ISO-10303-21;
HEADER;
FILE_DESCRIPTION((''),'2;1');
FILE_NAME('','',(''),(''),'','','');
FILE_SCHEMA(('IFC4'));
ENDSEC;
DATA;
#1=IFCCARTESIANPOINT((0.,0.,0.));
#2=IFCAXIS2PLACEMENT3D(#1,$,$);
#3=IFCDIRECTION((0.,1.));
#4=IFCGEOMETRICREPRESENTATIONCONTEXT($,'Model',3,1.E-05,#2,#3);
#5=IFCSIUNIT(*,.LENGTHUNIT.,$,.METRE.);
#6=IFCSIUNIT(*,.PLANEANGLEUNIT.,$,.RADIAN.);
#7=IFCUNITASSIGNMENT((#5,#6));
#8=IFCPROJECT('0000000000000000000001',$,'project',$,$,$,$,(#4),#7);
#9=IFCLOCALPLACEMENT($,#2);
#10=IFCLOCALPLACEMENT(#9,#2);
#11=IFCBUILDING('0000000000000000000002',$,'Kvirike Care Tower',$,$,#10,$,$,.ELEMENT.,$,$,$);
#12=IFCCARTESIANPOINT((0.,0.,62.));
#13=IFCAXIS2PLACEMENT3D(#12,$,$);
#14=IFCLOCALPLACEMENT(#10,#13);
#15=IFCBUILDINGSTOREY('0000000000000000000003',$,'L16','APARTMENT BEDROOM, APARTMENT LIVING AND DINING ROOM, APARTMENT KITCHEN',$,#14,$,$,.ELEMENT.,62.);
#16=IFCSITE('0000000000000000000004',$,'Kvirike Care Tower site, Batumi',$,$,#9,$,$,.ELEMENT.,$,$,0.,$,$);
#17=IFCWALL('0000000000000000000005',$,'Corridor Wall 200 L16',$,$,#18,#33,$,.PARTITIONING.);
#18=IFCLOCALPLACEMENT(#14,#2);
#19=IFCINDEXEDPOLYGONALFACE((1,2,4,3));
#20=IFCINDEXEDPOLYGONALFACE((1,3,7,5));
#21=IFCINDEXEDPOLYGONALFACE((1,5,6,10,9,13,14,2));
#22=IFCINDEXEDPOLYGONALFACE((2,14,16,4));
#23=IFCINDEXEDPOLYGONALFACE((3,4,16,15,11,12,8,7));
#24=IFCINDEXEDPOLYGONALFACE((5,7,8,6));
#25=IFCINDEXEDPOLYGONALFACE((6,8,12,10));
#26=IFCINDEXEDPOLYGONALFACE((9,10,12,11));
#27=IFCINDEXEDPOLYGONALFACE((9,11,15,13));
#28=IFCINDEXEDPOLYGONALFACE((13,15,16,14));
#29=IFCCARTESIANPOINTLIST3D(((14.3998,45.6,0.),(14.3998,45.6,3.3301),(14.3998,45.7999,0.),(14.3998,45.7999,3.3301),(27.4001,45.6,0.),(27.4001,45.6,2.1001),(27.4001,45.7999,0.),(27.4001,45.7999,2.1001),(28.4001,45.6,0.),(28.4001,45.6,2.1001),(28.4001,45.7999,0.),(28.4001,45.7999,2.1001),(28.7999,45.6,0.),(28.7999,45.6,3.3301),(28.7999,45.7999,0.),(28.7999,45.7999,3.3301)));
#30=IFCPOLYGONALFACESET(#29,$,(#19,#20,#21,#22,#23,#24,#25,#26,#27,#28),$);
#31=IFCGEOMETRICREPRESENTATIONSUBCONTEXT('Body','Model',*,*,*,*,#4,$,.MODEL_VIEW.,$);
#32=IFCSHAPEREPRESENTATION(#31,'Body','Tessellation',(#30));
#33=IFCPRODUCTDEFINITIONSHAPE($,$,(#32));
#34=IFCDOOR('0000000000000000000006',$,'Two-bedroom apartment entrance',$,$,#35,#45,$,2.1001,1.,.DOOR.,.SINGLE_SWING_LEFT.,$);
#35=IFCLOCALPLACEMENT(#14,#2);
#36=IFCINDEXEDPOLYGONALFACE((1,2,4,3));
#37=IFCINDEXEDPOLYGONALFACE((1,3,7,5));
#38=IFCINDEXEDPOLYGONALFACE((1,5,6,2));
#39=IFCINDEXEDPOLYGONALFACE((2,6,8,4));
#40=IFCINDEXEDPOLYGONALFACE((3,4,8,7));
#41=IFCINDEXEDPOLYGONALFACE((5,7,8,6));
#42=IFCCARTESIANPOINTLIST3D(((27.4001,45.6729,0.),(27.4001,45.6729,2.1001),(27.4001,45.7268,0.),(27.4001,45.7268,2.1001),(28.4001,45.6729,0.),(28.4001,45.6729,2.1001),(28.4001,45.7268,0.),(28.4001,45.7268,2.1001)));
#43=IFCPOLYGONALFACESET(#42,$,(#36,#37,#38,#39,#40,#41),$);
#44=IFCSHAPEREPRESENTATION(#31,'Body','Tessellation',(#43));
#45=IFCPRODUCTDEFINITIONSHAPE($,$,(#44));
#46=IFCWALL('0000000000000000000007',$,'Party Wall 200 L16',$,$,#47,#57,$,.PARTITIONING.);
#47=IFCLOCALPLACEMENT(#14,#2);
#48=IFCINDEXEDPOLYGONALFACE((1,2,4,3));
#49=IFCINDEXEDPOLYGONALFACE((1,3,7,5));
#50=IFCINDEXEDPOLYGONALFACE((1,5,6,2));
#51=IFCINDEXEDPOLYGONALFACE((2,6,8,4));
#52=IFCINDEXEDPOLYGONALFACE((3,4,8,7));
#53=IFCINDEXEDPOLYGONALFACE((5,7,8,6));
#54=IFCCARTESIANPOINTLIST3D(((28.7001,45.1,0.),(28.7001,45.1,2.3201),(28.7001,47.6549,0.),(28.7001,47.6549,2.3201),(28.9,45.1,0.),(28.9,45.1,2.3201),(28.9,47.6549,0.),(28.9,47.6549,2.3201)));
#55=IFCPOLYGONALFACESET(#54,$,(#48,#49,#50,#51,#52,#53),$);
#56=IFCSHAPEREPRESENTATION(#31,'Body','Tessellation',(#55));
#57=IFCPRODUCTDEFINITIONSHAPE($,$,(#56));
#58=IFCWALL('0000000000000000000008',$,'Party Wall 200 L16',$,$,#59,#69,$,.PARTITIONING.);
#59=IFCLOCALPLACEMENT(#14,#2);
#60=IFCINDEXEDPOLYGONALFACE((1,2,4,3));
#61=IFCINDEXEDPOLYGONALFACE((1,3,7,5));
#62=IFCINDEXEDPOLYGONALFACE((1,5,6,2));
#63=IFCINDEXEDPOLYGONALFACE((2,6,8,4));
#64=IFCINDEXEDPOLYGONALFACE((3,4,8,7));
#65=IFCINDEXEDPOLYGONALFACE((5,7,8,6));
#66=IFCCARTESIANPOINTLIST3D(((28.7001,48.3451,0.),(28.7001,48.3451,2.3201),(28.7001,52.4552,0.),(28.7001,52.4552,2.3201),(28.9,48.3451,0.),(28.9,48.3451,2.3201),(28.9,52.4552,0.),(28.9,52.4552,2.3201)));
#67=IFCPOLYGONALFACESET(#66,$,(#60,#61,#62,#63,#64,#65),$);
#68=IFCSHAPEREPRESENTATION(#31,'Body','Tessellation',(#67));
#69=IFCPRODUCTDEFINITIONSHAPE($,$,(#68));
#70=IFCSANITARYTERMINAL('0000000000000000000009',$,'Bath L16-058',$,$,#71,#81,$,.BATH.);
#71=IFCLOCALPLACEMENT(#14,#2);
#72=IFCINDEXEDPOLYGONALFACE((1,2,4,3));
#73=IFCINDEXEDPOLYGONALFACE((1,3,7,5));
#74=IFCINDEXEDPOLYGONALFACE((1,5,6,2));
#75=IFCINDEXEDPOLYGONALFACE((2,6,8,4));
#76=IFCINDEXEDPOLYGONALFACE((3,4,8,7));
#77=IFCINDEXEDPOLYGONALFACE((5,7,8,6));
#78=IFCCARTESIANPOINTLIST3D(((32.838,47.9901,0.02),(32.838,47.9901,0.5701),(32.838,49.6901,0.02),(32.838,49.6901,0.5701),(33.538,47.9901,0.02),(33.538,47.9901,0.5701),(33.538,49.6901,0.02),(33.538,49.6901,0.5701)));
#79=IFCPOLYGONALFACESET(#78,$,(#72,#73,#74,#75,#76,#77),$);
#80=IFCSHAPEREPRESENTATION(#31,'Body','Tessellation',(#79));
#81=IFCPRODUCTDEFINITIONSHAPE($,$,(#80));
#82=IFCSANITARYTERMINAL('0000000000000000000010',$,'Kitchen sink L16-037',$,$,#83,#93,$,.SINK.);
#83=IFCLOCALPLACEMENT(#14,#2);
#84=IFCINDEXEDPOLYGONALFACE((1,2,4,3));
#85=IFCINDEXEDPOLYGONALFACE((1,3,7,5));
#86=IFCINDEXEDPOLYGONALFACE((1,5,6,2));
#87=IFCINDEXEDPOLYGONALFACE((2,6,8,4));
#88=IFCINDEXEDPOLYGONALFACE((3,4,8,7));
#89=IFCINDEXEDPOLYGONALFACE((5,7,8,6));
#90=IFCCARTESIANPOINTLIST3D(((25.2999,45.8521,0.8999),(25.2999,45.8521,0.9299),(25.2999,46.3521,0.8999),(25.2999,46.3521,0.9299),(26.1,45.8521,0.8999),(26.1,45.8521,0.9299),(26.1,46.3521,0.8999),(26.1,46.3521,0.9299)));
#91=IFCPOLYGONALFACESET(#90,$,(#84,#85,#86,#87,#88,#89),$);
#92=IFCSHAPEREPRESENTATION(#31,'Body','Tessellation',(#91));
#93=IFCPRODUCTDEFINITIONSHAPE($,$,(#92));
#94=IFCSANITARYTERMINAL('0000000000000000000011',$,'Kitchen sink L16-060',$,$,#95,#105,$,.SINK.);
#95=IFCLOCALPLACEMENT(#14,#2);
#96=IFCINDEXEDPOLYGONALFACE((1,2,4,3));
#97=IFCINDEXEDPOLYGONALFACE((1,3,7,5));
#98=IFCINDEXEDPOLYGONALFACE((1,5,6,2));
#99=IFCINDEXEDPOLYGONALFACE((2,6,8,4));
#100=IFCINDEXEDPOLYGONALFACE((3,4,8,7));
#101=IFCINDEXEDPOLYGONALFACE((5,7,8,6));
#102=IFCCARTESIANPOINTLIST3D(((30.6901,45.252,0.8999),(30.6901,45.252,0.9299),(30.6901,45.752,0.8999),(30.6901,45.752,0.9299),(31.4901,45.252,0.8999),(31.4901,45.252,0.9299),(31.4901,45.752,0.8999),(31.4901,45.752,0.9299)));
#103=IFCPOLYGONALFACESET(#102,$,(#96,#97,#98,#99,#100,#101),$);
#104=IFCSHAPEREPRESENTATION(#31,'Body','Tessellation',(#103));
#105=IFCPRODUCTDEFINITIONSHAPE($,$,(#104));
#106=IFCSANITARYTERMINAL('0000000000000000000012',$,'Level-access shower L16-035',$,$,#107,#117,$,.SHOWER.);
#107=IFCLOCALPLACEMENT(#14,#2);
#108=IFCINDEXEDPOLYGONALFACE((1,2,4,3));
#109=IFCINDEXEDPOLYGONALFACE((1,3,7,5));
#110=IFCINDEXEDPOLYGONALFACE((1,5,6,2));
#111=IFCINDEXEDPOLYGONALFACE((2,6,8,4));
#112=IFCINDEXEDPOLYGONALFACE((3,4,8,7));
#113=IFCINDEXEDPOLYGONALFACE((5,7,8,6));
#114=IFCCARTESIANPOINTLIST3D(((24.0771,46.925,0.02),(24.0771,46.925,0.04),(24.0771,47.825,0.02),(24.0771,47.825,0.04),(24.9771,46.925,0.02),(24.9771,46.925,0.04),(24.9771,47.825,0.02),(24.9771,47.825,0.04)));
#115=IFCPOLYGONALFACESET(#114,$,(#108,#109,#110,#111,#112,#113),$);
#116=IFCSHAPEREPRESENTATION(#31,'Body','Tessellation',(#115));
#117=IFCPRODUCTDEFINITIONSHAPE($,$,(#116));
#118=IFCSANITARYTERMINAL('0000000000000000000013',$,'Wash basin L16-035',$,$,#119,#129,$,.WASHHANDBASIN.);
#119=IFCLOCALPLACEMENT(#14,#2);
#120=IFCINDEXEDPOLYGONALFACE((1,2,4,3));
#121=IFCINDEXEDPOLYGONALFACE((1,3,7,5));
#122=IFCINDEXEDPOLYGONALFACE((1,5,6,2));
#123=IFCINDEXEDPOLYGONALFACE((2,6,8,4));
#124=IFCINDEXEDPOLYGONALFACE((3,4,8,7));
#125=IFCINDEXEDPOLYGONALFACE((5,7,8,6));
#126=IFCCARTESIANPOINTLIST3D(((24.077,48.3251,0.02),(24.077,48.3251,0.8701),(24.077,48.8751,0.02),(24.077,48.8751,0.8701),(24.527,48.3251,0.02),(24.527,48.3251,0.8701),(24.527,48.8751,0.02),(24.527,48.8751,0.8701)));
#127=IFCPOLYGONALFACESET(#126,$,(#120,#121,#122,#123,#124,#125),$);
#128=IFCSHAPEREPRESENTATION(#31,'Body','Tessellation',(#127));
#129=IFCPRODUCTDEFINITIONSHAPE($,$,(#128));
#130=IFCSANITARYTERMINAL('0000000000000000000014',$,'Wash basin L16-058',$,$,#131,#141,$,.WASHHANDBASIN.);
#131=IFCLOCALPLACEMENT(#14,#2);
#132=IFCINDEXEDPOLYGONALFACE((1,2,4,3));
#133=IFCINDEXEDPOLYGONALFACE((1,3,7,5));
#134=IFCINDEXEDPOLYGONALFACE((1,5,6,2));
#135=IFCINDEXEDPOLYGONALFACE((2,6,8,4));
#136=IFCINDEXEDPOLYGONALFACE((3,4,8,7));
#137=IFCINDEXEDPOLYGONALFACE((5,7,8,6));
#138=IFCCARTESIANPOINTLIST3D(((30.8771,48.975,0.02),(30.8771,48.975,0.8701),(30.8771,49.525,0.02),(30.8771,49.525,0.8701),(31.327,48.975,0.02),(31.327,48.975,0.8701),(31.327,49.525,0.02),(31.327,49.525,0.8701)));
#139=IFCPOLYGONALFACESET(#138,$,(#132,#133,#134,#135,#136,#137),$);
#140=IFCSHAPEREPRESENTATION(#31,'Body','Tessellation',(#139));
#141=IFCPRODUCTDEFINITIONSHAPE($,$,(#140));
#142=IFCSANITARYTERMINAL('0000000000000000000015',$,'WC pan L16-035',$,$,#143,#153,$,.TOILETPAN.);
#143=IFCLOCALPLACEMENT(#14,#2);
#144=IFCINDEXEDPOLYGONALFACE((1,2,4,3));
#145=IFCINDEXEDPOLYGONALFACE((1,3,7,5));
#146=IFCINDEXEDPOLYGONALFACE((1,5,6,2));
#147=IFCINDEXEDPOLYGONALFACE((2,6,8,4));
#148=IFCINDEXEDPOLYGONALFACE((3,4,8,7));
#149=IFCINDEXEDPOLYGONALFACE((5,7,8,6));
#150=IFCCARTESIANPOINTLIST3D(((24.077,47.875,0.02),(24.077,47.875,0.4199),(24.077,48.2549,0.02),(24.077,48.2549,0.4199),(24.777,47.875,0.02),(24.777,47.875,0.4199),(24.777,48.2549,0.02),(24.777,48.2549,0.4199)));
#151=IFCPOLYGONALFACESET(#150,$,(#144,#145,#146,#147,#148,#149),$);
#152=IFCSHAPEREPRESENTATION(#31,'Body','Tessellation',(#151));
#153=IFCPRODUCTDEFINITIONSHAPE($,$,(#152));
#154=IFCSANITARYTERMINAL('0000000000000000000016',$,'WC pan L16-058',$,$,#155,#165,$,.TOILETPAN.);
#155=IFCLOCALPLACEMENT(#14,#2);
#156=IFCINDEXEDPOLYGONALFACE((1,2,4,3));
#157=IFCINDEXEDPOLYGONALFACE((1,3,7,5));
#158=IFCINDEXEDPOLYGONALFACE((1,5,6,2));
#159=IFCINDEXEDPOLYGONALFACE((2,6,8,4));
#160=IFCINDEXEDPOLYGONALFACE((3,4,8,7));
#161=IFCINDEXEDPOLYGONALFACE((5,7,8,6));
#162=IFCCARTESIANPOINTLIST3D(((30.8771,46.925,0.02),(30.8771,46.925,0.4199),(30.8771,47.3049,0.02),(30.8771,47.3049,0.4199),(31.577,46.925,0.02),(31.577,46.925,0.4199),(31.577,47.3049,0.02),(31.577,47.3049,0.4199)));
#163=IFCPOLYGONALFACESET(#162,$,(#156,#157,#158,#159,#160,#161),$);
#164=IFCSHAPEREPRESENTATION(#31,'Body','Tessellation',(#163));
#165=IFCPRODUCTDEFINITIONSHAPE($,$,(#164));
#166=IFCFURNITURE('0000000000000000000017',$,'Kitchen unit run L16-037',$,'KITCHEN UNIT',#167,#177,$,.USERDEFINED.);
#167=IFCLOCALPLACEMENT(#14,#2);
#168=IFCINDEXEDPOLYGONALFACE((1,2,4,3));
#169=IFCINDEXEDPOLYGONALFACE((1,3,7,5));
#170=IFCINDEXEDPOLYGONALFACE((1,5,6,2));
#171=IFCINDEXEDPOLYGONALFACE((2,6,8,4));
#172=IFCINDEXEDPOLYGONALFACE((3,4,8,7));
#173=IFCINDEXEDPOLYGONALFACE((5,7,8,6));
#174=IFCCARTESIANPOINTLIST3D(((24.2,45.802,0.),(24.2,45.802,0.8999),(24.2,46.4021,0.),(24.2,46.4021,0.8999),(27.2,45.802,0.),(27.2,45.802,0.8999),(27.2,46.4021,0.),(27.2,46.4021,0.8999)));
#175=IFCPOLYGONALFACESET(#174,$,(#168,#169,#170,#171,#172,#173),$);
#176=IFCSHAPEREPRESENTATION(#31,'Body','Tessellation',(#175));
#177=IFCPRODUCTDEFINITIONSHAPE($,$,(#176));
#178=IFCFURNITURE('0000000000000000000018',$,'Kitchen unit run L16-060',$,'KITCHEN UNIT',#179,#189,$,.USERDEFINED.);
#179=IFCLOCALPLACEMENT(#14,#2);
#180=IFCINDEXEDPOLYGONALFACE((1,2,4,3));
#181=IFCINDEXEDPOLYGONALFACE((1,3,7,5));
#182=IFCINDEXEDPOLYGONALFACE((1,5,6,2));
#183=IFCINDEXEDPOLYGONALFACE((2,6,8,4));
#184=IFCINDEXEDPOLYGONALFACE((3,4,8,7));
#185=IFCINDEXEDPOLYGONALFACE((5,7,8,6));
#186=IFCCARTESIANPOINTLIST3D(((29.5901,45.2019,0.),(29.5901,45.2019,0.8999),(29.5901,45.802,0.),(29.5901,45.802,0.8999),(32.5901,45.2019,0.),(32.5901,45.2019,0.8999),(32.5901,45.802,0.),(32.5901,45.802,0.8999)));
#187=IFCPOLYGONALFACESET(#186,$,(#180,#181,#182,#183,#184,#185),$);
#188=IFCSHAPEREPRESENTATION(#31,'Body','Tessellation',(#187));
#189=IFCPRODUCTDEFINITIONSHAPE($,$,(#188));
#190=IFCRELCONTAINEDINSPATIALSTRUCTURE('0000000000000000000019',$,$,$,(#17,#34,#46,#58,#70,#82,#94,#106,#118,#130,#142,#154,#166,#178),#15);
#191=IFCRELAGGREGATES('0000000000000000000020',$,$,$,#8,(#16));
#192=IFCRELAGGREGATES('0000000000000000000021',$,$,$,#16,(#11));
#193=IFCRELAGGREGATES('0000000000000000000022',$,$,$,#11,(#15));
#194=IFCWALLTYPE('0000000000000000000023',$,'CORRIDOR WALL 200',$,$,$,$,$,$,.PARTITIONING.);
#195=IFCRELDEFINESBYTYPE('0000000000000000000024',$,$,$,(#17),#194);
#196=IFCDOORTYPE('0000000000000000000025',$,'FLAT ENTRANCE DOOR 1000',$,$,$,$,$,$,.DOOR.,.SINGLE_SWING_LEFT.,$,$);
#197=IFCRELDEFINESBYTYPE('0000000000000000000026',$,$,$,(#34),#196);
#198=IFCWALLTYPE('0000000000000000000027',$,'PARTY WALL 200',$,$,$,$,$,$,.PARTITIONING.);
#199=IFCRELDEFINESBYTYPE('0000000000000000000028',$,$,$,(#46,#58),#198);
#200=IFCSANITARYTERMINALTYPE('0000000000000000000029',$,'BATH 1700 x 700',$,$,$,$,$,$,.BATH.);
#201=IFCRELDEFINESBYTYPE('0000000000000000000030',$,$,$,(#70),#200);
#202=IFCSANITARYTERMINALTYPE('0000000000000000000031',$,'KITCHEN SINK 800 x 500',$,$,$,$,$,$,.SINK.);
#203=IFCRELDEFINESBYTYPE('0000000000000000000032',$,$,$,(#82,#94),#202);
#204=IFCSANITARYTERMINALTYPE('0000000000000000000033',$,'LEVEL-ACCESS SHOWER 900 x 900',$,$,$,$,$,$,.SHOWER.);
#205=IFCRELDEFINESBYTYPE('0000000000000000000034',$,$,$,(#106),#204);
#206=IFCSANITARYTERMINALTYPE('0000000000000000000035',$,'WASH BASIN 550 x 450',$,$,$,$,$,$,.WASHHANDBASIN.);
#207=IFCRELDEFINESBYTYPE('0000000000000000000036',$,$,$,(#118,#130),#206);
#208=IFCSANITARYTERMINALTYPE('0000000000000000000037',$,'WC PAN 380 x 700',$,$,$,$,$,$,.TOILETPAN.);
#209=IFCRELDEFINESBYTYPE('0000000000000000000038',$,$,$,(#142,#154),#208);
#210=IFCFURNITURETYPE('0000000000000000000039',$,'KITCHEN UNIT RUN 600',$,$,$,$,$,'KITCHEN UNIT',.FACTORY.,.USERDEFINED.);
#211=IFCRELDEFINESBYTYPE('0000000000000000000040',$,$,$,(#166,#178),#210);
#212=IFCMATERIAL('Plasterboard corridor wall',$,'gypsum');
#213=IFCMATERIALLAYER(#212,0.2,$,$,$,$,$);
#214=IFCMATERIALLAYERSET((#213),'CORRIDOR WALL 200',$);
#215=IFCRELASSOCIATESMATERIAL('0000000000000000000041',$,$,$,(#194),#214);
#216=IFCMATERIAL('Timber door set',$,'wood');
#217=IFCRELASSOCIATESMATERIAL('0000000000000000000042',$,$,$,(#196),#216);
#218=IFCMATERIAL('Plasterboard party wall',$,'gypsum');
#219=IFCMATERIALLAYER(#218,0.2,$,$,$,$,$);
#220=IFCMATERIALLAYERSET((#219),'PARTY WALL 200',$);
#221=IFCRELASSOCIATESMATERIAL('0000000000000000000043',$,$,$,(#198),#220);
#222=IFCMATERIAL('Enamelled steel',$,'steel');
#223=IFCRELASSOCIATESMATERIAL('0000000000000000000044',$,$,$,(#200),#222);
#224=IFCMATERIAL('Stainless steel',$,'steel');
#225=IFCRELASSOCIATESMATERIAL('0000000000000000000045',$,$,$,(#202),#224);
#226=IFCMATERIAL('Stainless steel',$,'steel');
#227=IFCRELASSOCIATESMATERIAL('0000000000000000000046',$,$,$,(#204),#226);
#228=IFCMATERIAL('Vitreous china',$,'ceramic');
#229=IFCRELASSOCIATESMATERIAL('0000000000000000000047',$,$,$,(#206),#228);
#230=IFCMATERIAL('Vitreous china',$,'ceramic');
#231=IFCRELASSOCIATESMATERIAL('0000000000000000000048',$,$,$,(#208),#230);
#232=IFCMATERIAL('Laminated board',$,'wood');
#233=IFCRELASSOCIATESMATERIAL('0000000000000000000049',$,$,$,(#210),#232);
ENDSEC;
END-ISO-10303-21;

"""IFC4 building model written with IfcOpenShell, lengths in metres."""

from ifc_helpers import new_model, si_unit, direction, frame, frame_2d, origin, origin_2d, place, context, subcontext, project, spatial, rectangle, extrude, material, layer, layer_set, type_object, element, fill, save


model = new_model("IFC4")

# Units and contexts
model_context = context("Model", 3, precision=1e-05, world=origin(), true_north=direction((0.0, 1.0)))
body_context = subcontext(model_context, "Body", "Model", "MODEL_VIEW")
ifc_project = project(units=[si_unit("LENGTHUNIT", "METRE"), si_unit("PLANEANGLEUNIT", "RADIAN")], contexts=[model_context])

# Site, building, storey
site_placement = place(None, origin())
site = spatial("IfcSite", under=ifc_project, at=site_placement, Name="Kvirike Care Tower site, Batumi", CompositionType="ELEMENT", RefElevation=0.0)
building_placement = place(site_placement, origin())
building = spatial("IfcBuilding", under=site, at=building_placement, Name="Kvirike Care Tower", CompositionType="ELEMENT")
storey_placement = place(building_placement, frame((0.0, 0.0, 62.0)))
storey = spatial("IfcBuildingStorey", under=building, at=storey_placement, Name="L16", Description="APARTMENT BEDROOM, APARTMENT LIVING AND DINING ROOM, APARTMENT KITCHEN", CompositionType="ELEMENT", Elevation=62.0)

# Wall, opening, door
ifc_material_1 = material(Name="Plasterboard corridor wall", Category="gypsum")
ifc_layer_1 = layer(ifc_material_1, 0.2)
ifc_layer_set_1 = layer_set([ifc_layer_1], Name="CORRIDOR WALL 200")
wall_type_1 = type_object("IfcWallType", Name="CORRIDOR WALL 200", PredefinedType="PARTITIONING", material=ifc_layer_set_1)
wall_1_placement = place(storey_placement, frame((28.8, 45.7, 0.0), z_axis=(0.0, 0.0, 1.0), x_axis=(-1.0, 0.0, 0.0)))
wall_1 = element("IfcWall", 1, at=wall_1_placement, inside=storey, type_object=wall_type_1, Name="Corridor Wall 200 L16", PredefinedType="PARTITIONING", context=body_context, shape_type="SweptSolid", body=[
    extrude(rectangle(XDim=14.4001, YDim=0.2, at=frame_2d((7.2002, 0.0))), origin(), (0.0, 0.0, 1.0), 3.3301),
])
opening_placement = place(wall_1_placement, frame((0.3999, 0.0, 0.0)))
opening = element("IfcOpeningElement", 2, at=opening_placement, cuts=wall_1, PredefinedType="OPENING", context=body_context, shape_type="SweptSolid", body=[
    extrude(rectangle(XDim=1.0, YDim=2.1001, at=frame_2d((0.5, 1.05))), frame((0.0, 0.1106, 0.0), z_axis=(0.0, -1.0, 0.0), x_axis=(1.0, 0.0, 0.0)), (0.0, 0.0, 1.0), 0.2209),
])
ifc_material_2 = material(Name="Timber door set", Category="wood")
door_type = type_object("IfcDoorType", Name="FLAT ENTRANCE DOOR 1000", OperationType="SINGLE_SWING_LEFT", PredefinedType="DOOR", material=ifc_material_2)
door_placement = place(opening_placement, frame((1.0, 0.0, 0.0), z_axis=(0.0, 0.0, 1.0), x_axis=(-1.0, 0.0, 0.0)))
door = element("IfcDoor", 3, at=door_placement, inside=storey, type_object=door_type, Name="Two-bedroom apartment entrance", OperationType="SINGLE_SWING_LEFT", OverallHeight=2.1001, OverallWidth=1.0, PredefinedType="DOOR", context=body_context, shape_type="SweptSolid", body=[
    extrude(rectangle(XDim=1.0, YDim=2.1001, at=frame_2d((0.5, 1.05))), frame((0.0, 0.0269, 0.0), z_axis=(0.0, -1.0, 0.0), x_axis=(1.0, 0.0, 0.0)), (0.0, 0.0, 1.0), 0.054),
])
fill(opening, door)

# Walls
ifc_material_3 = material(Name="Plasterboard party wall", Category="gypsum")
ifc_layer_2 = layer(ifc_material_3, 0.2)
ifc_layer_set_2 = layer_set([ifc_layer_2], Name="PARTY WALL 200")
wall_type_2 = type_object("IfcWallType", Name="PARTY WALL 200", PredefinedType="PARTITIONING", material=ifc_layer_set_2)
wall_2_placement = place(storey_placement, frame((28.8, 45.1001, 0.0), z_axis=(0.0, 0.0, 1.0), x_axis=(0.0, 1.0, 0.0)))
element("IfcWall", 4, at=wall_2_placement, inside=storey, type_object=wall_type_2, Name="Party Wall 200 L16", PredefinedType="PARTITIONING", context=body_context, shape_type="SweptSolid", body=[
    extrude(rectangle(XDim=2.5549, YDim=0.2, at=frame_2d((1.2773, 0.0))), origin(), (0.0, 0.0, 1.0), 2.3201),
])
wall_3_placement = place(storey_placement, frame((28.8, 48.345, 0.0), z_axis=(0.0, 0.0, 1.0), x_axis=(0.0, 1.0, 0.0)))
element("IfcWall", 5, at=wall_3_placement, inside=storey, type_object=wall_type_2, Name="Party Wall 200 L16", PredefinedType="PARTITIONING", context=body_context, shape_type="SweptSolid", body=[
    extrude(rectangle(XDim=4.1101, YDim=0.2, at=frame_2d((2.0552, 0.0))), origin(), (0.0, 0.0, 1.0), 2.3201),
])

# Sanitary terminals
ifc_material_4 = material(Name="Enamelled steel", Category="steel")
sanitary_terminal_type_1 = type_object("IfcSanitaryTerminalType", Name="BATH 1700 x 700", PredefinedType="BATH", material=ifc_material_4)
sanitary_terminal_1_placement = place(storey_placement, frame((33.188, 48.8401, 0.02), z_axis=(0.0, 0.0, 1.0), x_axis=(0.0, -1.0, 0.0)))
element("IfcSanitaryTerminal", 6, at=sanitary_terminal_1_placement, inside=storey, type_object=sanitary_terminal_type_1, Name="Bath L16-058", PredefinedType="BATH", context=body_context, shape_type="SweptSolid", body=[
    extrude(rectangle(XDim=1.7, YDim=0.7, at=origin_2d()), origin(), (0.0, 0.0, 1.0), 0.55),
])
ifc_material_5 = material(Name="Stainless steel", Category="steel")
sanitary_terminal_type_2 = type_object("IfcSanitaryTerminalType", Name="KITCHEN SINK 800 x 500", PredefinedType="SINK", material=ifc_material_5)
for number, where, z_axis, x_axis, name in (
    (7, (25.7, 46.1021, 0.8999), (0.0, 0.0, 1.0), (-1.0, 0.0, 0.0), "Kitchen sink L16-037"),
    (8, (31.0901, 45.502, 0.8999), (0.0, 0.0, 1.0), (-1.0, 0.0, 0.0), "Kitchen sink L16-060"),
):
    element("IfcSanitaryTerminal", number, at=place(storey_placement, frame(where, z_axis=z_axis, x_axis=x_axis)), inside=storey, type_object=sanitary_terminal_type_2, Name=name, PredefinedType="SINK", context=body_context, shape_type="SweptSolid", body=[
        extrude(rectangle(XDim=0.8, YDim=0.5, at=origin_2d()), origin(), (0.0, 0.0, 1.0), 0.03),
    ])
ifc_material_6 = material(Name="Stainless steel", Category="steel")
sanitary_terminal_type_3 = type_object("IfcSanitaryTerminalType", Name="LEVEL-ACCESS SHOWER 900 x 900", PredefinedType="SHOWER", material=ifc_material_6)
sanitary_terminal_2_placement = place(storey_placement, frame((24.5271, 47.375, 0.02), z_axis=(0.0, 0.0, 1.0), x_axis=(0.0, 1.0, 0.0)))
element("IfcSanitaryTerminal", 9, at=sanitary_terminal_2_placement, inside=storey, type_object=sanitary_terminal_type_3, Name="Level-access shower L16-035", PredefinedType="SHOWER", context=body_context, shape_type="SweptSolid", body=[
    extrude(rectangle(XDim=0.8999, YDim=0.8999, at=origin_2d()), origin(), (0.0, 0.0, 1.0), 0.02),
])
ifc_material_7 = material(Name="Vitreous china", Category="ceramic")
sanitary_terminal_type_4 = type_object("IfcSanitaryTerminalType", Name="WASH BASIN 550 x 450", PredefinedType="WASHHANDBASIN", material=ifc_material_7)
for number, where, z_axis, x_axis, name in (
    (10, (24.302, 48.6001, 0.02), (0.0, 0.0, 1.0), (0.0, 1.0, 0.0), "Wash basin L16-035"),
    (11, (31.1021, 49.25, 0.02), (0.0, 0.0, 1.0), (0.0, 1.0, 0.0), "Wash basin L16-058"),
):
    element("IfcSanitaryTerminal", number, at=place(storey_placement, frame(where, z_axis=z_axis, x_axis=x_axis)), inside=storey, type_object=sanitary_terminal_type_4, Name=name, PredefinedType="WASHHANDBASIN", context=body_context, shape_type="SweptSolid", body=[
        extrude(rectangle(XDim=0.55, YDim=0.45, at=origin_2d()), origin(), (0.0, 0.0, 1.0), 0.8501),
    ])
ifc_material_8 = material(Name="Vitreous china", Category="ceramic")
sanitary_terminal_type_5 = type_object("IfcSanitaryTerminalType", Name="WC PAN 380 x 700", PredefinedType="TOILETPAN", material=ifc_material_8)
for number, where, z_axis, x_axis, name in (
    (12, (24.427, 48.0649, 0.02), (0.0, 0.0, 1.0), (0.0, 1.0, 0.0), "WC pan L16-035"),
    (13, (31.2271, 47.115, 0.02), (0.0, 0.0, 1.0), (0.0, 1.0, 0.0), "WC pan L16-058"),
):
    element("IfcSanitaryTerminal", number, at=place(storey_placement, frame(where, z_axis=z_axis, x_axis=x_axis)), inside=storey, type_object=sanitary_terminal_type_5, Name=name, PredefinedType="TOILETPAN", context=body_context, shape_type="SweptSolid", body=[
        extrude(rectangle(XDim=0.3799, YDim=0.7, at=origin_2d()), origin(), (0.0, 0.0, 1.0), 0.3999),
    ])

# Furniture
ifc_material_9 = material(Name="Laminated board", Category="wood")
furniture_type = type_object("IfcFurnitureType", Name="KITCHEN UNIT RUN 600", ElementType="KITCHEN UNIT", AssemblyPlace="FACTORY", PredefinedType="USERDEFINED", material=ifc_material_9)
for number, where, z_axis, x_axis, name in (
    (14, (25.7, 46.1021, 0.0), (0.0, 0.0, 1.0), (-1.0, 0.0, 0.0), "Kitchen unit run L16-037"),
    (15, (31.0901, 45.502, 0.0), (0.0, 0.0, 1.0), (-1.0, 0.0, 0.0), "Kitchen unit run L16-060"),
):
    element("IfcFurniture", number, at=place(storey_placement, frame(where, z_axis=z_axis, x_axis=x_axis)), inside=storey, type_object=furniture_type, Name=name, ObjectType="KITCHEN UNIT", PredefinedType="USERDEFINED", context=body_context, shape_type="SweptSolid", body=[
        extrude(rectangle(XDim=3.0, YDim=0.6001, at=origin_2d()), origin(), (0.0, 0.0, 1.0), 0.8999),
    ])

save(model, "model.ifc")
